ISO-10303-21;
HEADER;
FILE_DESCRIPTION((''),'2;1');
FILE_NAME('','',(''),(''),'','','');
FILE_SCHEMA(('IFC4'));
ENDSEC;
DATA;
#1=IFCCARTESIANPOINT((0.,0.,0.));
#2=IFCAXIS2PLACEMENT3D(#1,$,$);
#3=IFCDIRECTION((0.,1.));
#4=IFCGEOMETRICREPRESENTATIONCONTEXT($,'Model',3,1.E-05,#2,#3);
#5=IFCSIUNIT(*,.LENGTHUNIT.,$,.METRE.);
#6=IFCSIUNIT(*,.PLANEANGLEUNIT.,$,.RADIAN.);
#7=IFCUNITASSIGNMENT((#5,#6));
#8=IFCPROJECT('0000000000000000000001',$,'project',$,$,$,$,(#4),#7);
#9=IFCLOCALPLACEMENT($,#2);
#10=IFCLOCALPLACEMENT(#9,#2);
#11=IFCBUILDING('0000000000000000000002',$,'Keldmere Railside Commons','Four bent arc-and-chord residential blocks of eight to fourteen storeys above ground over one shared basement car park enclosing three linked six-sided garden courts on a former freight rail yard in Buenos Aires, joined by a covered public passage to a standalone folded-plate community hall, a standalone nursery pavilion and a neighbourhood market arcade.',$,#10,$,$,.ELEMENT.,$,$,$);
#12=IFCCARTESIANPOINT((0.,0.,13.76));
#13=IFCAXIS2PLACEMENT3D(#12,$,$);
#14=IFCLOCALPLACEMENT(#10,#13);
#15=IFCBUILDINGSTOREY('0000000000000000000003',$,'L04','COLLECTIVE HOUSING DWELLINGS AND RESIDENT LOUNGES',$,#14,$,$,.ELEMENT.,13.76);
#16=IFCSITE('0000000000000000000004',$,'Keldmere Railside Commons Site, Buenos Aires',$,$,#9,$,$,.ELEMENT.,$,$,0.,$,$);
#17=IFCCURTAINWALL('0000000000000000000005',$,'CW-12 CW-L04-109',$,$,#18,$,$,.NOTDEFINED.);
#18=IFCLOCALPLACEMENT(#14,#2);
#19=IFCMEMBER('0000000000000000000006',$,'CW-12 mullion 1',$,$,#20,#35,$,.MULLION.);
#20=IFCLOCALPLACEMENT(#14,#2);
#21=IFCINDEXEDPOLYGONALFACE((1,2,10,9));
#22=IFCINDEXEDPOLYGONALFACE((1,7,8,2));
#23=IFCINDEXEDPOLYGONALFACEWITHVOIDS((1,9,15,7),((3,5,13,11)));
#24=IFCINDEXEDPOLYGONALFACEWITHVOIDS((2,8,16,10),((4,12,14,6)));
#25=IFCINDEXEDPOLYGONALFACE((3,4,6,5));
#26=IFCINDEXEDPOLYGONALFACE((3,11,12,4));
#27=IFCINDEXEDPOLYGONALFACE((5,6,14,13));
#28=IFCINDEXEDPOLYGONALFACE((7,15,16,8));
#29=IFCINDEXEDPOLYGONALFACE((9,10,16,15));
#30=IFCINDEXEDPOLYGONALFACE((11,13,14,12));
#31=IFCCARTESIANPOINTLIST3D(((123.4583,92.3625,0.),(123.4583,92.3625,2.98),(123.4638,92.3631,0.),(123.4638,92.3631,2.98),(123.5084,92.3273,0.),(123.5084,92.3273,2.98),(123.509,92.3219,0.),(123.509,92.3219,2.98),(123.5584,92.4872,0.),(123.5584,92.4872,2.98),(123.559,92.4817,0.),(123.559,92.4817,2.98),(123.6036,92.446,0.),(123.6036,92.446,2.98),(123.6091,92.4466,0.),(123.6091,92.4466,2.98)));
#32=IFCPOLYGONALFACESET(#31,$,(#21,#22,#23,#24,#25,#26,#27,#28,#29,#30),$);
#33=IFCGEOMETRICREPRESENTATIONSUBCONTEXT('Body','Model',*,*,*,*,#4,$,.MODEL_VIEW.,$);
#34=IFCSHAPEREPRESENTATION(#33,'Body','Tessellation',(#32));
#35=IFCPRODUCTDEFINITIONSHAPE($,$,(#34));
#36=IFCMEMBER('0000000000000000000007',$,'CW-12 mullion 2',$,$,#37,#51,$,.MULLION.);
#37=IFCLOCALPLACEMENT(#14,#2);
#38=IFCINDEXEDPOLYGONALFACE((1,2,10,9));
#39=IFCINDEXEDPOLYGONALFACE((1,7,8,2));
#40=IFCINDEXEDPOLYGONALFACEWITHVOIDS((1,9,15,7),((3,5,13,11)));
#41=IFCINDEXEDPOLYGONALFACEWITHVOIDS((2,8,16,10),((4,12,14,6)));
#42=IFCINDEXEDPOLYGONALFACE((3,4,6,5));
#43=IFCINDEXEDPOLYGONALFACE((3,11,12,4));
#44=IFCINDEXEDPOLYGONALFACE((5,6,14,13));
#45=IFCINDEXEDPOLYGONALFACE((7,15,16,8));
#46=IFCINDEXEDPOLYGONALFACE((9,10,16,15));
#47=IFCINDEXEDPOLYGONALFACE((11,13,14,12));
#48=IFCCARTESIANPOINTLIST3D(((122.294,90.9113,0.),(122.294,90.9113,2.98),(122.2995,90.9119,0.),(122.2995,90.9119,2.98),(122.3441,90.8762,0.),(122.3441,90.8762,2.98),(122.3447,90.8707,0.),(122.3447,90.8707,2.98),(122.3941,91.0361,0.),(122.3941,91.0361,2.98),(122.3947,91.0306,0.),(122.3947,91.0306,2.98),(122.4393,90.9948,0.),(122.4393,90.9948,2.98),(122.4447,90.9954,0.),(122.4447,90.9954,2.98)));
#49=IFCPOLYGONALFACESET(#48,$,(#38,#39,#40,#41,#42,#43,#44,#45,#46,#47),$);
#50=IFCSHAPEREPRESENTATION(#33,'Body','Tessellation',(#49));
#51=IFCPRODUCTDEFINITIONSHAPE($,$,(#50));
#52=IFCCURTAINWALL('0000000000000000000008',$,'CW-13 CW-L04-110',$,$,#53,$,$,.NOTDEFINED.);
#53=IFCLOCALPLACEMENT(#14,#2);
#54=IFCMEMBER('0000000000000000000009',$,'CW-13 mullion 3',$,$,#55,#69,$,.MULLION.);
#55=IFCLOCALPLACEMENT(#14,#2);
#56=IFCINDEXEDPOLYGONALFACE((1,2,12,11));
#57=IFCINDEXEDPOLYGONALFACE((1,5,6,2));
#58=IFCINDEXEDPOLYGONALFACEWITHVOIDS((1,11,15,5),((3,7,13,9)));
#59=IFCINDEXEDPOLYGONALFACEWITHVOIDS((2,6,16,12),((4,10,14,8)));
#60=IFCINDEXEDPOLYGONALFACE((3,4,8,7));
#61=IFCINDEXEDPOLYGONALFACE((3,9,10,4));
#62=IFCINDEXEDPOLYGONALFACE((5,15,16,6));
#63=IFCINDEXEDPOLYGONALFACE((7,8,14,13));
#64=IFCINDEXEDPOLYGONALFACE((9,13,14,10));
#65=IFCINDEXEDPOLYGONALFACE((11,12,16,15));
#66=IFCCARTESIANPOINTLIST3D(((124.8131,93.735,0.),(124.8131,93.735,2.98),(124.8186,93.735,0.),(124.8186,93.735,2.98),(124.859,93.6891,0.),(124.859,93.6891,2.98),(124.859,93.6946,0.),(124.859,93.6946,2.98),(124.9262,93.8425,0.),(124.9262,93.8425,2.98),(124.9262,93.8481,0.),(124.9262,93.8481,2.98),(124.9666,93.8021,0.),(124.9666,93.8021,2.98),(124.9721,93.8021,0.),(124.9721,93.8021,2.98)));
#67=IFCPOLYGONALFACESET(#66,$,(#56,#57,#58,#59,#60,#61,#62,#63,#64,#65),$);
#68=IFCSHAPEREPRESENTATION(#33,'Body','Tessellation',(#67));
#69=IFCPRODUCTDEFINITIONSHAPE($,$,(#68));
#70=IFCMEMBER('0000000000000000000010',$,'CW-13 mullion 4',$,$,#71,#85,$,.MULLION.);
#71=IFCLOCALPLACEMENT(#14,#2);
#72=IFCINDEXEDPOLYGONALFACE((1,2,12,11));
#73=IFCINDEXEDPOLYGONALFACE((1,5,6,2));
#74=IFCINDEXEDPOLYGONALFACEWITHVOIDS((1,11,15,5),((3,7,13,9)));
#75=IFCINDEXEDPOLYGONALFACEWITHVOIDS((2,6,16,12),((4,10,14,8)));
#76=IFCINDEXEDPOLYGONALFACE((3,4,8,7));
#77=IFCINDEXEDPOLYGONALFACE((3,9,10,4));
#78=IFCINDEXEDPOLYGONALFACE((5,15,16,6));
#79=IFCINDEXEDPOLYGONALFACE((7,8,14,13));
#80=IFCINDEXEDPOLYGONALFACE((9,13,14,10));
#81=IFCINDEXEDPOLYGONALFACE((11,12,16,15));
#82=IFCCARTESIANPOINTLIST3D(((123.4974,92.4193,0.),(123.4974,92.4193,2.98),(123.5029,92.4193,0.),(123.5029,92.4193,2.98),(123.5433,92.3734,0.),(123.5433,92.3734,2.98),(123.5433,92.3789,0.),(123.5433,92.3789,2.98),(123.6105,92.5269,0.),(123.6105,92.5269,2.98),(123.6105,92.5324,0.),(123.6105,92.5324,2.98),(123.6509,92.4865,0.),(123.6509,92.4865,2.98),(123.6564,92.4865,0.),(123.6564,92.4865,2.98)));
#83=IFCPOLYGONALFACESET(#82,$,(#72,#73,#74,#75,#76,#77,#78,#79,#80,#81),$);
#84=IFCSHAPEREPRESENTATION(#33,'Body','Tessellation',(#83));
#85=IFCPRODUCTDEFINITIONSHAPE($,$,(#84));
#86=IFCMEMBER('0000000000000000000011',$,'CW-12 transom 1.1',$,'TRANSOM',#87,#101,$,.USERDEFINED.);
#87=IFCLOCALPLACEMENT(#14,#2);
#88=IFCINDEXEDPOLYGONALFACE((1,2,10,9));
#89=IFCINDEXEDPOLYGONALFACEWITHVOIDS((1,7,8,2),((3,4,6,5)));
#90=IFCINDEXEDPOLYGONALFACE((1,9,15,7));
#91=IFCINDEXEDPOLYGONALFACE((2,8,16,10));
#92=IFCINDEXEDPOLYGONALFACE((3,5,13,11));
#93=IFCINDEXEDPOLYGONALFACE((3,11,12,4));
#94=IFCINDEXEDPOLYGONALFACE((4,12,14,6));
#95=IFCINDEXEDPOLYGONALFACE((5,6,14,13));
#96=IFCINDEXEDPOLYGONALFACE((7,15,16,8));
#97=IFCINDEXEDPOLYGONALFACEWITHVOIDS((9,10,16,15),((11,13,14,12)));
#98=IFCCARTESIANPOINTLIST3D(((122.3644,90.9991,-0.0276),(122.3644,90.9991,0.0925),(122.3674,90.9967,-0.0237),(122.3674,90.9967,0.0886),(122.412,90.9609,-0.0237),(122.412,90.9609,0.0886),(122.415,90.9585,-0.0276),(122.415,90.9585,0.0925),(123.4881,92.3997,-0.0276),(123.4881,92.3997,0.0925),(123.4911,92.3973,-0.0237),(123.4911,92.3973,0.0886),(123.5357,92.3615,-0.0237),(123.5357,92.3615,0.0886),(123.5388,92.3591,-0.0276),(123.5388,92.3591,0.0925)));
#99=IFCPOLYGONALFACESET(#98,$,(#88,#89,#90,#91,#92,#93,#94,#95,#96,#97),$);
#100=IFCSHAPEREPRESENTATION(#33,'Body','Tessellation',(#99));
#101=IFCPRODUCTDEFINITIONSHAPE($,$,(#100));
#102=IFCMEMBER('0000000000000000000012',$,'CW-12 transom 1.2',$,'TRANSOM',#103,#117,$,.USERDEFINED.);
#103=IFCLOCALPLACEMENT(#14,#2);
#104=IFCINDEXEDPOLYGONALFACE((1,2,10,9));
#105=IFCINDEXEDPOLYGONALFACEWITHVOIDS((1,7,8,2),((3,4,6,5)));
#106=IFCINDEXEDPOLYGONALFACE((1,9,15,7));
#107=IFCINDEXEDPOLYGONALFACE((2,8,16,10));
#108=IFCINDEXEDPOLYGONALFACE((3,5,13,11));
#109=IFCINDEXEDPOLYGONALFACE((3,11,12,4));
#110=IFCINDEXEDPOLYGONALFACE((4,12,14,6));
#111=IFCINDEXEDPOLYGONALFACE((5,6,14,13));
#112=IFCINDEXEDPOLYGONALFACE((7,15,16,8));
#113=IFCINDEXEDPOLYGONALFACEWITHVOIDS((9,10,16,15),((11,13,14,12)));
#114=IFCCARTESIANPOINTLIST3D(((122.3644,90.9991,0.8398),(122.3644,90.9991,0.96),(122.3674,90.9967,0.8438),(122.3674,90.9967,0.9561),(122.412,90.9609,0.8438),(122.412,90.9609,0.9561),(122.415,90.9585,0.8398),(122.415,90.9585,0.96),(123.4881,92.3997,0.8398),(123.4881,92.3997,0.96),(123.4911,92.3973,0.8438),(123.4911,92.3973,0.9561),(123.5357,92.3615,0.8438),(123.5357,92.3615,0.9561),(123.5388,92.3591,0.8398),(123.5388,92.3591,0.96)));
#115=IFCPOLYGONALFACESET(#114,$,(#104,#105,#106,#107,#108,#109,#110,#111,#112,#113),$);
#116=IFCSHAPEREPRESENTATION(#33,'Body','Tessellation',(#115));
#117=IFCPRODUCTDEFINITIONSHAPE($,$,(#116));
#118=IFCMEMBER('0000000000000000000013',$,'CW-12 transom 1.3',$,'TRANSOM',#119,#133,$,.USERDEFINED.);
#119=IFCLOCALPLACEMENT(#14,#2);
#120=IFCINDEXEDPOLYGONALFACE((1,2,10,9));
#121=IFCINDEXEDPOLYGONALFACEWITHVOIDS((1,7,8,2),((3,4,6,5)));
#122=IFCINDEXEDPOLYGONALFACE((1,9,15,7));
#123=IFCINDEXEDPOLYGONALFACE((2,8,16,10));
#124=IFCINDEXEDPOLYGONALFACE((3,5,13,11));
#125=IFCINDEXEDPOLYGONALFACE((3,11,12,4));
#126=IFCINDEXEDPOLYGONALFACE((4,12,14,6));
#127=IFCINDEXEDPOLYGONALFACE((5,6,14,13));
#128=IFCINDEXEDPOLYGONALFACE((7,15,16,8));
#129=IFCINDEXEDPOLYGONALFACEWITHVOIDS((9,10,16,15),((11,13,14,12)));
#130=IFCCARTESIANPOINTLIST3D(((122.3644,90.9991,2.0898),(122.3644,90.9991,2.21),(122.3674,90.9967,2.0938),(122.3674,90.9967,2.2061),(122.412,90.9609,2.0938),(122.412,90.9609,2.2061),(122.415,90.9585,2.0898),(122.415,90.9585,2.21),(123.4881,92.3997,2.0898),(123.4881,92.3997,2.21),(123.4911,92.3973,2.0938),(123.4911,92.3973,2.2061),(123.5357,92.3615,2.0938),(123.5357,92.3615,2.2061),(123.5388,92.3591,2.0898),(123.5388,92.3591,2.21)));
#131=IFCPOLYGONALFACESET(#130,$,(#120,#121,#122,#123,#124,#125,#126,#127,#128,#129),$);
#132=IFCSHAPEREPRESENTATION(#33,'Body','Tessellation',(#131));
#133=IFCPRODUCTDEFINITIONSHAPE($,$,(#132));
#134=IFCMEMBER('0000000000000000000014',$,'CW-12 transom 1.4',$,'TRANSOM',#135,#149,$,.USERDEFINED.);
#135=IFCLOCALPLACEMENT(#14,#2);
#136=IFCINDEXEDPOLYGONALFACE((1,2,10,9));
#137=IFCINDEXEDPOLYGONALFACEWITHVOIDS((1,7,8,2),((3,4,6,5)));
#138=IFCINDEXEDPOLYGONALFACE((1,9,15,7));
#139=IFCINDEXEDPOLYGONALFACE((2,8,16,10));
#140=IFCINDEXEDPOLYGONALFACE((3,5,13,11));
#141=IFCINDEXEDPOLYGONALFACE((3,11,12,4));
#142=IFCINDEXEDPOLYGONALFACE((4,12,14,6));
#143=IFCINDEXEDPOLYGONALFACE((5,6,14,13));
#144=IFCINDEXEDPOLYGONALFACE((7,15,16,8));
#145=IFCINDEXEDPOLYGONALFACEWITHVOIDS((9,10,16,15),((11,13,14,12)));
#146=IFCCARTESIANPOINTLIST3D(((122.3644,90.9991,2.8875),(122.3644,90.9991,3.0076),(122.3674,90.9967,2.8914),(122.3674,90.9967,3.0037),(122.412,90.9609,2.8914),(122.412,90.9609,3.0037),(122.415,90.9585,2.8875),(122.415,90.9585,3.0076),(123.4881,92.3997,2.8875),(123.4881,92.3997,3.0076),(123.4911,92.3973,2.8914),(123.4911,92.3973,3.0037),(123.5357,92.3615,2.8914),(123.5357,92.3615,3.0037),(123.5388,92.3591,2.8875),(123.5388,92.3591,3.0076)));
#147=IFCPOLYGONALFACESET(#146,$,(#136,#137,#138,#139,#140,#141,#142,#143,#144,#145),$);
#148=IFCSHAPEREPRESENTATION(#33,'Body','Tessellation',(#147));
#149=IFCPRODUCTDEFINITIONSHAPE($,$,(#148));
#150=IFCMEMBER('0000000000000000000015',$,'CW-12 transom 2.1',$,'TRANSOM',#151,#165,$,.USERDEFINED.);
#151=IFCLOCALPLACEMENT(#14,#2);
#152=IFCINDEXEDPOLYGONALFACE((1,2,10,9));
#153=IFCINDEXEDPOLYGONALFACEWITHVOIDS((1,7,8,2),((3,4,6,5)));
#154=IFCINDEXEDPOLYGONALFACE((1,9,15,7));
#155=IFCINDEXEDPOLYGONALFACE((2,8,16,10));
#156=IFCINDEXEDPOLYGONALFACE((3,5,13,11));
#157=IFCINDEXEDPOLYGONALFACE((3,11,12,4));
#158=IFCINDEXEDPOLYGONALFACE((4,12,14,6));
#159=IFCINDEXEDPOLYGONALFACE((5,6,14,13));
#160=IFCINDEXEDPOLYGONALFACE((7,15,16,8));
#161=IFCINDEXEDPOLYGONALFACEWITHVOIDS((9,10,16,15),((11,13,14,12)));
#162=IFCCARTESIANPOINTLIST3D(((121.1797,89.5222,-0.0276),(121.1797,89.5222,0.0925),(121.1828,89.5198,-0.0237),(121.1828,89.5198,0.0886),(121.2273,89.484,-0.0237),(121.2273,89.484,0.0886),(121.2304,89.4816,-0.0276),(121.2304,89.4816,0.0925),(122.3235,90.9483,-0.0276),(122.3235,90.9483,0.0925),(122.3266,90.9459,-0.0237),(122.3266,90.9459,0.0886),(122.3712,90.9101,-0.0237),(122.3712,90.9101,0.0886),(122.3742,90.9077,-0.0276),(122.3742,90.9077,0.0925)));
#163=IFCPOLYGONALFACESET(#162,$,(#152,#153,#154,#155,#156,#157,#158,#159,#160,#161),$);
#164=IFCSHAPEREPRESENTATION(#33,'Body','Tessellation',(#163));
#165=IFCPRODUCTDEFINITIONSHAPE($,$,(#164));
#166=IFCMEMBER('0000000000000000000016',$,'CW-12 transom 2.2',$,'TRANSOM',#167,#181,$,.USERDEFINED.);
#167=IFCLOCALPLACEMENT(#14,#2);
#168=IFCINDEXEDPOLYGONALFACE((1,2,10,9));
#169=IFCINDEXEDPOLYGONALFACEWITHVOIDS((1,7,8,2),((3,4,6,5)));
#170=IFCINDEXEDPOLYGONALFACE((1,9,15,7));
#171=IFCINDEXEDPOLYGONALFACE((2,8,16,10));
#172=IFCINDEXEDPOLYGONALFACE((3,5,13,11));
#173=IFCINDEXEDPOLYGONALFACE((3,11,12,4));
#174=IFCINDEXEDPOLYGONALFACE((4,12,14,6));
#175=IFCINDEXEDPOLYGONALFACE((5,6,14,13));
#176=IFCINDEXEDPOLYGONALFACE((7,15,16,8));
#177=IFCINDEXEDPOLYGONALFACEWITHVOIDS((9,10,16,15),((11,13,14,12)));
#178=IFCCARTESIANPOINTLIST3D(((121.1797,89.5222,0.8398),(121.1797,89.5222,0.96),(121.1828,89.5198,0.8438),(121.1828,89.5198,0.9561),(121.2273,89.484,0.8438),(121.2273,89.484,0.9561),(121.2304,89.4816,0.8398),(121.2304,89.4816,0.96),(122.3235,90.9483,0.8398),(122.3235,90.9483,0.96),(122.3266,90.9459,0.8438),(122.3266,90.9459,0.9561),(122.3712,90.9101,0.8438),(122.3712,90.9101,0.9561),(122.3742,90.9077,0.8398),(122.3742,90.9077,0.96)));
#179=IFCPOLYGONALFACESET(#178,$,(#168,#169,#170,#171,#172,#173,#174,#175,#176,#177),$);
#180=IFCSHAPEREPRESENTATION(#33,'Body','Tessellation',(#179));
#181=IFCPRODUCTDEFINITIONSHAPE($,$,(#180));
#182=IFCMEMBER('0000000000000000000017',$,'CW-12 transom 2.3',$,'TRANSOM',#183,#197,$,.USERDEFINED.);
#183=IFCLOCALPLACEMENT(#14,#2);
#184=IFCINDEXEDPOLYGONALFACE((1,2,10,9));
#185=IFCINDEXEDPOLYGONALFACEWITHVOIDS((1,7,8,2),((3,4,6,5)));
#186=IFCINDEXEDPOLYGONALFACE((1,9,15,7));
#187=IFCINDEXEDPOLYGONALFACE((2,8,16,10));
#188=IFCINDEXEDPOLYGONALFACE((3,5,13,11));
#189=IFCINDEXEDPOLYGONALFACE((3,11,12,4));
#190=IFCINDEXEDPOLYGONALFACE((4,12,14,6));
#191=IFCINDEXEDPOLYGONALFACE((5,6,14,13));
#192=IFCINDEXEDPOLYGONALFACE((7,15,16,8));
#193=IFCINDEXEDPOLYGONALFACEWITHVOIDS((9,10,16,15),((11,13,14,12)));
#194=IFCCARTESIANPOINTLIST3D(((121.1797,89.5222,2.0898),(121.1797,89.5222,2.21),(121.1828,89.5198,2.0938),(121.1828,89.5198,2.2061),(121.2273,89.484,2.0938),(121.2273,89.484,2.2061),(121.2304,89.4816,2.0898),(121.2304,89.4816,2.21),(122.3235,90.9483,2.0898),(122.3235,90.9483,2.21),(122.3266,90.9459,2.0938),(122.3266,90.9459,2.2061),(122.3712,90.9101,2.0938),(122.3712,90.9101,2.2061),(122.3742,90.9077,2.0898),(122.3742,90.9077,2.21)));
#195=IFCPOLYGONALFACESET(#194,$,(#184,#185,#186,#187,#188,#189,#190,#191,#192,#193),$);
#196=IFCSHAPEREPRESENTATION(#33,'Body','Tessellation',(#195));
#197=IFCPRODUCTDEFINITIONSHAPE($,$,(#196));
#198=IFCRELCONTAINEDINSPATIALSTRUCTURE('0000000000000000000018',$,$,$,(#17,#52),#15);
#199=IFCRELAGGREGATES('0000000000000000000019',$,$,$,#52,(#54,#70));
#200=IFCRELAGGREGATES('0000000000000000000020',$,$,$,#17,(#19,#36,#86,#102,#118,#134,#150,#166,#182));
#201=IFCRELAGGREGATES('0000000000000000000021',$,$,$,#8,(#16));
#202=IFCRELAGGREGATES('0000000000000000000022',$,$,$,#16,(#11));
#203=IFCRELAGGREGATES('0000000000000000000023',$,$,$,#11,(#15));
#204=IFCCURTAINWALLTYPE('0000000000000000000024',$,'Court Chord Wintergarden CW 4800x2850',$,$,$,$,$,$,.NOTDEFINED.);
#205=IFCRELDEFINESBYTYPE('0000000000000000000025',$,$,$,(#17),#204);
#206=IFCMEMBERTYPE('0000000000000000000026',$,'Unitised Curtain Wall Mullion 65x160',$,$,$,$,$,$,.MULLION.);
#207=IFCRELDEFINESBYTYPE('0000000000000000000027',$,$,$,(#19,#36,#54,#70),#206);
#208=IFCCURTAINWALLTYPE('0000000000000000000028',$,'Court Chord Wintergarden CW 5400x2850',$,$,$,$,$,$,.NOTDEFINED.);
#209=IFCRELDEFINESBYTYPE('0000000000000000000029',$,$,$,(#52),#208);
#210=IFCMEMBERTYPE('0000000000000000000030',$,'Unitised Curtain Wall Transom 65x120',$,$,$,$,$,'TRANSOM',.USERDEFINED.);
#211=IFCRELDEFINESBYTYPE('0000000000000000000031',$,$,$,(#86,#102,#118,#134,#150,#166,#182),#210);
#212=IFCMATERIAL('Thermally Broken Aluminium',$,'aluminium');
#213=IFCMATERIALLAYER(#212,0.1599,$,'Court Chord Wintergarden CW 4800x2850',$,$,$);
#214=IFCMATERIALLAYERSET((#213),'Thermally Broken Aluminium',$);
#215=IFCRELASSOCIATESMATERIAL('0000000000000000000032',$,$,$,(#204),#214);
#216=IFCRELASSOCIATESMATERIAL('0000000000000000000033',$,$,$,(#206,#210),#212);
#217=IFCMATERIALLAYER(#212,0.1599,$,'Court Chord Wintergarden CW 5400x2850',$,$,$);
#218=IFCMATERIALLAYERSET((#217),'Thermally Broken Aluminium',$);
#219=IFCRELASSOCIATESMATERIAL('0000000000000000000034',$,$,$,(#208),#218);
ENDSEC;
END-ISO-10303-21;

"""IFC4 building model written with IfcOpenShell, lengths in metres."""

from ifc_helpers import new_model, si_unit, direction, frame, origin, origin_2d, place, context, subcontext, project, spatial, hollow_rectangle, extrude, material, layer, layer_set, material_profile, profile_set, type_object, element, aggregate, save


model = new_model("IFC4")

# Units and contexts
model_context = context("Model", 3, precision=1e-05, world=origin(), true_north=direction((0.0, 1.0)))
body_context = subcontext(model_context, "Body", "Model", "MODEL_VIEW")
ifc_project = project(units=[si_unit("LENGTHUNIT", "METRE"), si_unit("PLANEANGLEUNIT", "RADIAN")], contexts=[model_context])

# Site, building, storey
site_placement = place(None, origin())
site = spatial("IfcSite", under=ifc_project, at=site_placement, Name="Keldmere Railside Commons Site, Buenos Aires", CompositionType="ELEMENT", RefElevation=0.0)
building_placement = place(site_placement, origin())
building = spatial("IfcBuilding", under=site, at=building_placement, Name="Keldmere Railside Commons", Description="Four bent arc-and-chord residential blocks of eight to fourteen storeys above ground over one shared basement car park enclosing three linked six-sided garden courts on a former freight rail yard in Buenos Aires, joined by a covered public passage to a standalone folded-plate community hall, a standalone nursery pavilion and a neighbourhood market arcade.", CompositionType="ELEMENT")
storey_placement = place(building_placement, frame((0.0, 0.0, 13.76)))
storey = spatial("IfcBuildingStorey", under=building, at=storey_placement, Name="L04", Description="COLLECTIVE HOUSING DWELLINGS AND RESIDENT LOUNGES", CompositionType="ELEMENT", Elevation=13.76)

# Curtain walls, members
ifc_material_1 = material(Name="Thermally Broken Aluminium", Category="aluminium")
ifc_layer_1 = layer(ifc_material_1, 0.1599, Name="Court Chord Wintergarden CW 4800x2850")
ifc_layer_set_1 = layer_set([ifc_layer_1], Name="Thermally Broken Aluminium")
curtain_wall_type_1 = type_object("IfcCurtainWallType", Name="Court Chord Wintergarden CW 4800x2850", PredefinedType="NOTDEFINED", material=ifc_layer_set_1)
curtain_wall_1_placement = place(storey_placement, origin())
curtain_wall_1 = element("IfcCurtainWall", 1, at=curtain_wall_1_placement, inside=storey, type_object=curtain_wall_type_1, Name="CW-12 CW-L04-109", PredefinedType="NOTDEFINED")
ifc_material_profile_1 = material_profile(ifc_material_1, hollow_rectangle(XDim=0.0649, YDim=0.1599, WallThickness=0.0039, at=origin_2d()), Name="ALU-MULL-65x160")
ifc_profile_set_1 = profile_set([ifc_material_profile_1], Name="Thermally Broken Aluminium")
member_type_1 = type_object("IfcMemberType", Name="Unitised Curtain Wall Mullion 65x160", PredefinedType="MULLION", material=ifc_profile_set_1)
member_1_placement = place(storey_placement, frame((123.5337, 92.4045, 0.0), z_axis=(0.0, 0.0, 1.0), x_axis=(0.780009, -0.625768, 0.0)))
member_1 = element("IfcMember", 2, at=member_1_placement, type_object=member_type_1, Name="CW-12 mullion 1", PredefinedType="MULLION", context=body_context, shape_type="SweptSolid", body=[
    extrude(hollow_rectangle(XDim=0.0649, YDim=0.1599, WallThickness=0.0039, at=origin_2d()), origin(), (0.0, 0.0, 1.0), 2.98),
])
member_2_placement = place(storey_placement, frame((122.3694, 90.9534, 0.0), z_axis=(0.0, 0.0, 1.0), x_axis=(0.780009, -0.625768, 0.0)))
member_2 = element("IfcMember", 3, at=member_2_placement, type_object=member_type_1, Name="CW-12 mullion 2", PredefinedType="MULLION", context=body_context, shape_type="SweptSolid", body=[
    extrude(hollow_rectangle(XDim=0.0649, YDim=0.1599, WallThickness=0.0039, at=origin_2d()), origin(), (0.0, 0.0, 1.0), 2.98),
])
ifc_layer_2 = layer(ifc_material_1, 0.1599, Name="Court Chord Wintergarden CW 5400x2850")
ifc_layer_set_2 = layer_set([ifc_layer_2], Name="Thermally Broken Aluminium")
curtain_wall_type_2 = type_object("IfcCurtainWallType", Name="Court Chord Wintergarden CW 5400x2850", PredefinedType="NOTDEFINED", material=ifc_layer_set_2)
curtain_wall_2_placement = place(storey_placement, origin())
curtain_wall_2 = element("IfcCurtainWall", 4, at=curtain_wall_2_placement, inside=storey, type_object=curtain_wall_type_2, Name="CW-13 CW-L04-110", PredefinedType="NOTDEFINED")
member_3_placement = place(storey_placement, frame((124.8926, 93.7686, 0.0), z_axis=(0.0, 0.0, 1.0), x_axis=(0.707107, -0.707107, 0.0)))
member_3 = element("IfcMember", 5, at=member_3_placement, type_object=member_type_1, Name="CW-13 mullion 3", PredefinedType="MULLION", context=body_context, shape_type="SweptSolid", body=[
    extrude(hollow_rectangle(XDim=0.0649, YDim=0.1599, WallThickness=0.0039, at=origin_2d()), origin(), (0.0, 0.0, 1.0), 2.98),
])
member_4_placement = place(storey_placement, frame((123.5769, 92.4529, 0.0), z_axis=(0.0, 0.0, 1.0), x_axis=(0.707107, -0.707107, 0.0)))
member_4 = element("IfcMember", 6, at=member_4_placement, type_object=member_type_1, Name="CW-13 mullion 4", PredefinedType="MULLION", context=body_context, shape_type="SweptSolid", body=[
    extrude(hollow_rectangle(XDim=0.0649, YDim=0.1599, WallThickness=0.0039, at=origin_2d()), origin(), (0.0, 0.0, 1.0), 2.98),
])

# Members
ifc_material_profile_2 = material_profile(ifc_material_1, hollow_rectangle(XDim=0.0649, YDim=0.1201, WallThickness=0.0039, at=origin_2d()), Name="ALU-TRAN-65x120")
ifc_profile_set_2 = profile_set([ifc_material_profile_2], Name="Thermally Broken Aluminium")
member_type_2 = type_object("IfcMemberType", Name="Unitised Curtain Wall Transom 65x120", ElementType="TRANSOM", PredefinedType="USERDEFINED", material=ifc_profile_set_2)
member_5_placement = place(storey_placement, frame((123.5134, 92.3794, 0.0325), z_axis=(-0.625805, -0.779979, 0.0), x_axis=(0.779979, -0.625805, 0.0)))
member_5 = element("IfcMember", 7, at=member_5_placement, type_object=member_type_2, Name="CW-12 transom 1.1", ObjectType="TRANSOM", PredefinedType="USERDEFINED", context=body_context, shape_type="SweptSolid", body=[
    extrude(hollow_rectangle(XDim=0.0649, YDim=0.1201, WallThickness=0.0039, at=origin_2d()), origin(), (0.0, 0.0, 1.0), 1.7957),
])
member_6_placement = place(storey_placement, frame((123.5134, 92.3794, 0.8999), z_axis=(-0.625805, -0.779979, 0.0), x_axis=(0.779979, -0.625805, 0.0)))
member_6 = element("IfcMember", 8, at=member_6_placement, type_object=member_type_2, Name="CW-12 transom 1.2", ObjectType="TRANSOM", PredefinedType="USERDEFINED", context=body_context, shape_type="SweptSolid", body=[
    extrude(hollow_rectangle(XDim=0.0649, YDim=0.1201, WallThickness=0.0039, at=origin_2d()), origin(), (0.0, 0.0, 1.0), 1.7957),
])
member_7_placement = place(storey_placement, frame((123.5134, 92.3794, 2.1499), z_axis=(-0.625805, -0.779979, 0.0), x_axis=(0.779979, -0.625805, 0.0)))
member_7 = element("IfcMember", 9, at=member_7_placement, type_object=member_type_2, Name="CW-12 transom 1.3", ObjectType="TRANSOM", PredefinedType="USERDEFINED", context=body_context, shape_type="SweptSolid", body=[
    extrude(hollow_rectangle(XDim=0.0649, YDim=0.1201, WallThickness=0.0039, at=origin_2d()), origin(), (0.0, 0.0, 1.0), 1.7957),
])
member_8_placement = place(storey_placement, frame((123.5134, 92.3794, 2.9475), z_axis=(-0.625805, -0.779979, 0.0), x_axis=(0.779979, -0.625805, 0.0)))
member_8 = element("IfcMember", 10, at=member_8_placement, type_object=member_type_2, Name="CW-12 transom 1.4", ObjectType="TRANSOM", PredefinedType="USERDEFINED", context=body_context, shape_type="SweptSolid", body=[
    extrude(hollow_rectangle(XDim=0.0649, YDim=0.1201, WallThickness=0.0039, at=origin_2d()), origin(), (0.0, 0.0, 1.0), 1.7957),
])
member_9_placement = place(storey_placement, frame((122.3489, 90.928, 0.0325), z_axis=(-0.625688, -0.780073, 0.0), x_axis=(0.780073, -0.625688, 0.0)))
member_9 = element("IfcMember", 11, at=member_9_placement, type_object=member_type_2, Name="CW-12 transom 2.1", ObjectType="TRANSOM", PredefinedType="USERDEFINED", context=body_context, shape_type="SweptSolid", body=[
    extrude(hollow_rectangle(XDim=0.0649, YDim=0.1201, WallThickness=0.0039, at=origin_2d()), origin(), (0.0, 0.0, 1.0), 1.8281),
])
member_10_placement = place(storey_placement, frame((122.3489, 90.928, 0.8999), z_axis=(-0.625688, -0.780073, 0.0), x_axis=(0.780073, -0.625688, 0.0)))
member_10 = element("IfcMember", 12, at=member_10_placement, type_object=member_type_2, Name="CW-12 transom 2.2", ObjectType="TRANSOM", PredefinedType="USERDEFINED", context=body_context, shape_type="SweptSolid", body=[
    extrude(hollow_rectangle(XDim=0.0649, YDim=0.1201, WallThickness=0.0039, at=origin_2d()), origin(), (0.0, 0.0, 1.0), 1.8281),
])
member_11_placement = place(storey_placement, frame((122.3489, 90.928, 2.1499), z_axis=(-0.625688, -0.780073, 0.0), x_axis=(0.780073, -0.625688, 0.0)))
member_11 = element("IfcMember", 13, at=member_11_placement, type_object=member_type_2, Name="CW-12 transom 2.3", ObjectType="TRANSOM", PredefinedType="USERDEFINED", context=body_context, shape_type="SweptSolid", body=[
    extrude(hollow_rectangle(XDim=0.0649, YDim=0.1201, WallThickness=0.0039, at=origin_2d()), origin(), (0.0, 0.0, 1.0), 1.8281),
])

aggregate(curtain_wall_2, [member_3, member_4])
aggregate(curtain_wall_1, [member_1, member_2, member_5, member_6, member_7, member_8, member_9, member_10, member_11])

save(model, "model.ifc")
